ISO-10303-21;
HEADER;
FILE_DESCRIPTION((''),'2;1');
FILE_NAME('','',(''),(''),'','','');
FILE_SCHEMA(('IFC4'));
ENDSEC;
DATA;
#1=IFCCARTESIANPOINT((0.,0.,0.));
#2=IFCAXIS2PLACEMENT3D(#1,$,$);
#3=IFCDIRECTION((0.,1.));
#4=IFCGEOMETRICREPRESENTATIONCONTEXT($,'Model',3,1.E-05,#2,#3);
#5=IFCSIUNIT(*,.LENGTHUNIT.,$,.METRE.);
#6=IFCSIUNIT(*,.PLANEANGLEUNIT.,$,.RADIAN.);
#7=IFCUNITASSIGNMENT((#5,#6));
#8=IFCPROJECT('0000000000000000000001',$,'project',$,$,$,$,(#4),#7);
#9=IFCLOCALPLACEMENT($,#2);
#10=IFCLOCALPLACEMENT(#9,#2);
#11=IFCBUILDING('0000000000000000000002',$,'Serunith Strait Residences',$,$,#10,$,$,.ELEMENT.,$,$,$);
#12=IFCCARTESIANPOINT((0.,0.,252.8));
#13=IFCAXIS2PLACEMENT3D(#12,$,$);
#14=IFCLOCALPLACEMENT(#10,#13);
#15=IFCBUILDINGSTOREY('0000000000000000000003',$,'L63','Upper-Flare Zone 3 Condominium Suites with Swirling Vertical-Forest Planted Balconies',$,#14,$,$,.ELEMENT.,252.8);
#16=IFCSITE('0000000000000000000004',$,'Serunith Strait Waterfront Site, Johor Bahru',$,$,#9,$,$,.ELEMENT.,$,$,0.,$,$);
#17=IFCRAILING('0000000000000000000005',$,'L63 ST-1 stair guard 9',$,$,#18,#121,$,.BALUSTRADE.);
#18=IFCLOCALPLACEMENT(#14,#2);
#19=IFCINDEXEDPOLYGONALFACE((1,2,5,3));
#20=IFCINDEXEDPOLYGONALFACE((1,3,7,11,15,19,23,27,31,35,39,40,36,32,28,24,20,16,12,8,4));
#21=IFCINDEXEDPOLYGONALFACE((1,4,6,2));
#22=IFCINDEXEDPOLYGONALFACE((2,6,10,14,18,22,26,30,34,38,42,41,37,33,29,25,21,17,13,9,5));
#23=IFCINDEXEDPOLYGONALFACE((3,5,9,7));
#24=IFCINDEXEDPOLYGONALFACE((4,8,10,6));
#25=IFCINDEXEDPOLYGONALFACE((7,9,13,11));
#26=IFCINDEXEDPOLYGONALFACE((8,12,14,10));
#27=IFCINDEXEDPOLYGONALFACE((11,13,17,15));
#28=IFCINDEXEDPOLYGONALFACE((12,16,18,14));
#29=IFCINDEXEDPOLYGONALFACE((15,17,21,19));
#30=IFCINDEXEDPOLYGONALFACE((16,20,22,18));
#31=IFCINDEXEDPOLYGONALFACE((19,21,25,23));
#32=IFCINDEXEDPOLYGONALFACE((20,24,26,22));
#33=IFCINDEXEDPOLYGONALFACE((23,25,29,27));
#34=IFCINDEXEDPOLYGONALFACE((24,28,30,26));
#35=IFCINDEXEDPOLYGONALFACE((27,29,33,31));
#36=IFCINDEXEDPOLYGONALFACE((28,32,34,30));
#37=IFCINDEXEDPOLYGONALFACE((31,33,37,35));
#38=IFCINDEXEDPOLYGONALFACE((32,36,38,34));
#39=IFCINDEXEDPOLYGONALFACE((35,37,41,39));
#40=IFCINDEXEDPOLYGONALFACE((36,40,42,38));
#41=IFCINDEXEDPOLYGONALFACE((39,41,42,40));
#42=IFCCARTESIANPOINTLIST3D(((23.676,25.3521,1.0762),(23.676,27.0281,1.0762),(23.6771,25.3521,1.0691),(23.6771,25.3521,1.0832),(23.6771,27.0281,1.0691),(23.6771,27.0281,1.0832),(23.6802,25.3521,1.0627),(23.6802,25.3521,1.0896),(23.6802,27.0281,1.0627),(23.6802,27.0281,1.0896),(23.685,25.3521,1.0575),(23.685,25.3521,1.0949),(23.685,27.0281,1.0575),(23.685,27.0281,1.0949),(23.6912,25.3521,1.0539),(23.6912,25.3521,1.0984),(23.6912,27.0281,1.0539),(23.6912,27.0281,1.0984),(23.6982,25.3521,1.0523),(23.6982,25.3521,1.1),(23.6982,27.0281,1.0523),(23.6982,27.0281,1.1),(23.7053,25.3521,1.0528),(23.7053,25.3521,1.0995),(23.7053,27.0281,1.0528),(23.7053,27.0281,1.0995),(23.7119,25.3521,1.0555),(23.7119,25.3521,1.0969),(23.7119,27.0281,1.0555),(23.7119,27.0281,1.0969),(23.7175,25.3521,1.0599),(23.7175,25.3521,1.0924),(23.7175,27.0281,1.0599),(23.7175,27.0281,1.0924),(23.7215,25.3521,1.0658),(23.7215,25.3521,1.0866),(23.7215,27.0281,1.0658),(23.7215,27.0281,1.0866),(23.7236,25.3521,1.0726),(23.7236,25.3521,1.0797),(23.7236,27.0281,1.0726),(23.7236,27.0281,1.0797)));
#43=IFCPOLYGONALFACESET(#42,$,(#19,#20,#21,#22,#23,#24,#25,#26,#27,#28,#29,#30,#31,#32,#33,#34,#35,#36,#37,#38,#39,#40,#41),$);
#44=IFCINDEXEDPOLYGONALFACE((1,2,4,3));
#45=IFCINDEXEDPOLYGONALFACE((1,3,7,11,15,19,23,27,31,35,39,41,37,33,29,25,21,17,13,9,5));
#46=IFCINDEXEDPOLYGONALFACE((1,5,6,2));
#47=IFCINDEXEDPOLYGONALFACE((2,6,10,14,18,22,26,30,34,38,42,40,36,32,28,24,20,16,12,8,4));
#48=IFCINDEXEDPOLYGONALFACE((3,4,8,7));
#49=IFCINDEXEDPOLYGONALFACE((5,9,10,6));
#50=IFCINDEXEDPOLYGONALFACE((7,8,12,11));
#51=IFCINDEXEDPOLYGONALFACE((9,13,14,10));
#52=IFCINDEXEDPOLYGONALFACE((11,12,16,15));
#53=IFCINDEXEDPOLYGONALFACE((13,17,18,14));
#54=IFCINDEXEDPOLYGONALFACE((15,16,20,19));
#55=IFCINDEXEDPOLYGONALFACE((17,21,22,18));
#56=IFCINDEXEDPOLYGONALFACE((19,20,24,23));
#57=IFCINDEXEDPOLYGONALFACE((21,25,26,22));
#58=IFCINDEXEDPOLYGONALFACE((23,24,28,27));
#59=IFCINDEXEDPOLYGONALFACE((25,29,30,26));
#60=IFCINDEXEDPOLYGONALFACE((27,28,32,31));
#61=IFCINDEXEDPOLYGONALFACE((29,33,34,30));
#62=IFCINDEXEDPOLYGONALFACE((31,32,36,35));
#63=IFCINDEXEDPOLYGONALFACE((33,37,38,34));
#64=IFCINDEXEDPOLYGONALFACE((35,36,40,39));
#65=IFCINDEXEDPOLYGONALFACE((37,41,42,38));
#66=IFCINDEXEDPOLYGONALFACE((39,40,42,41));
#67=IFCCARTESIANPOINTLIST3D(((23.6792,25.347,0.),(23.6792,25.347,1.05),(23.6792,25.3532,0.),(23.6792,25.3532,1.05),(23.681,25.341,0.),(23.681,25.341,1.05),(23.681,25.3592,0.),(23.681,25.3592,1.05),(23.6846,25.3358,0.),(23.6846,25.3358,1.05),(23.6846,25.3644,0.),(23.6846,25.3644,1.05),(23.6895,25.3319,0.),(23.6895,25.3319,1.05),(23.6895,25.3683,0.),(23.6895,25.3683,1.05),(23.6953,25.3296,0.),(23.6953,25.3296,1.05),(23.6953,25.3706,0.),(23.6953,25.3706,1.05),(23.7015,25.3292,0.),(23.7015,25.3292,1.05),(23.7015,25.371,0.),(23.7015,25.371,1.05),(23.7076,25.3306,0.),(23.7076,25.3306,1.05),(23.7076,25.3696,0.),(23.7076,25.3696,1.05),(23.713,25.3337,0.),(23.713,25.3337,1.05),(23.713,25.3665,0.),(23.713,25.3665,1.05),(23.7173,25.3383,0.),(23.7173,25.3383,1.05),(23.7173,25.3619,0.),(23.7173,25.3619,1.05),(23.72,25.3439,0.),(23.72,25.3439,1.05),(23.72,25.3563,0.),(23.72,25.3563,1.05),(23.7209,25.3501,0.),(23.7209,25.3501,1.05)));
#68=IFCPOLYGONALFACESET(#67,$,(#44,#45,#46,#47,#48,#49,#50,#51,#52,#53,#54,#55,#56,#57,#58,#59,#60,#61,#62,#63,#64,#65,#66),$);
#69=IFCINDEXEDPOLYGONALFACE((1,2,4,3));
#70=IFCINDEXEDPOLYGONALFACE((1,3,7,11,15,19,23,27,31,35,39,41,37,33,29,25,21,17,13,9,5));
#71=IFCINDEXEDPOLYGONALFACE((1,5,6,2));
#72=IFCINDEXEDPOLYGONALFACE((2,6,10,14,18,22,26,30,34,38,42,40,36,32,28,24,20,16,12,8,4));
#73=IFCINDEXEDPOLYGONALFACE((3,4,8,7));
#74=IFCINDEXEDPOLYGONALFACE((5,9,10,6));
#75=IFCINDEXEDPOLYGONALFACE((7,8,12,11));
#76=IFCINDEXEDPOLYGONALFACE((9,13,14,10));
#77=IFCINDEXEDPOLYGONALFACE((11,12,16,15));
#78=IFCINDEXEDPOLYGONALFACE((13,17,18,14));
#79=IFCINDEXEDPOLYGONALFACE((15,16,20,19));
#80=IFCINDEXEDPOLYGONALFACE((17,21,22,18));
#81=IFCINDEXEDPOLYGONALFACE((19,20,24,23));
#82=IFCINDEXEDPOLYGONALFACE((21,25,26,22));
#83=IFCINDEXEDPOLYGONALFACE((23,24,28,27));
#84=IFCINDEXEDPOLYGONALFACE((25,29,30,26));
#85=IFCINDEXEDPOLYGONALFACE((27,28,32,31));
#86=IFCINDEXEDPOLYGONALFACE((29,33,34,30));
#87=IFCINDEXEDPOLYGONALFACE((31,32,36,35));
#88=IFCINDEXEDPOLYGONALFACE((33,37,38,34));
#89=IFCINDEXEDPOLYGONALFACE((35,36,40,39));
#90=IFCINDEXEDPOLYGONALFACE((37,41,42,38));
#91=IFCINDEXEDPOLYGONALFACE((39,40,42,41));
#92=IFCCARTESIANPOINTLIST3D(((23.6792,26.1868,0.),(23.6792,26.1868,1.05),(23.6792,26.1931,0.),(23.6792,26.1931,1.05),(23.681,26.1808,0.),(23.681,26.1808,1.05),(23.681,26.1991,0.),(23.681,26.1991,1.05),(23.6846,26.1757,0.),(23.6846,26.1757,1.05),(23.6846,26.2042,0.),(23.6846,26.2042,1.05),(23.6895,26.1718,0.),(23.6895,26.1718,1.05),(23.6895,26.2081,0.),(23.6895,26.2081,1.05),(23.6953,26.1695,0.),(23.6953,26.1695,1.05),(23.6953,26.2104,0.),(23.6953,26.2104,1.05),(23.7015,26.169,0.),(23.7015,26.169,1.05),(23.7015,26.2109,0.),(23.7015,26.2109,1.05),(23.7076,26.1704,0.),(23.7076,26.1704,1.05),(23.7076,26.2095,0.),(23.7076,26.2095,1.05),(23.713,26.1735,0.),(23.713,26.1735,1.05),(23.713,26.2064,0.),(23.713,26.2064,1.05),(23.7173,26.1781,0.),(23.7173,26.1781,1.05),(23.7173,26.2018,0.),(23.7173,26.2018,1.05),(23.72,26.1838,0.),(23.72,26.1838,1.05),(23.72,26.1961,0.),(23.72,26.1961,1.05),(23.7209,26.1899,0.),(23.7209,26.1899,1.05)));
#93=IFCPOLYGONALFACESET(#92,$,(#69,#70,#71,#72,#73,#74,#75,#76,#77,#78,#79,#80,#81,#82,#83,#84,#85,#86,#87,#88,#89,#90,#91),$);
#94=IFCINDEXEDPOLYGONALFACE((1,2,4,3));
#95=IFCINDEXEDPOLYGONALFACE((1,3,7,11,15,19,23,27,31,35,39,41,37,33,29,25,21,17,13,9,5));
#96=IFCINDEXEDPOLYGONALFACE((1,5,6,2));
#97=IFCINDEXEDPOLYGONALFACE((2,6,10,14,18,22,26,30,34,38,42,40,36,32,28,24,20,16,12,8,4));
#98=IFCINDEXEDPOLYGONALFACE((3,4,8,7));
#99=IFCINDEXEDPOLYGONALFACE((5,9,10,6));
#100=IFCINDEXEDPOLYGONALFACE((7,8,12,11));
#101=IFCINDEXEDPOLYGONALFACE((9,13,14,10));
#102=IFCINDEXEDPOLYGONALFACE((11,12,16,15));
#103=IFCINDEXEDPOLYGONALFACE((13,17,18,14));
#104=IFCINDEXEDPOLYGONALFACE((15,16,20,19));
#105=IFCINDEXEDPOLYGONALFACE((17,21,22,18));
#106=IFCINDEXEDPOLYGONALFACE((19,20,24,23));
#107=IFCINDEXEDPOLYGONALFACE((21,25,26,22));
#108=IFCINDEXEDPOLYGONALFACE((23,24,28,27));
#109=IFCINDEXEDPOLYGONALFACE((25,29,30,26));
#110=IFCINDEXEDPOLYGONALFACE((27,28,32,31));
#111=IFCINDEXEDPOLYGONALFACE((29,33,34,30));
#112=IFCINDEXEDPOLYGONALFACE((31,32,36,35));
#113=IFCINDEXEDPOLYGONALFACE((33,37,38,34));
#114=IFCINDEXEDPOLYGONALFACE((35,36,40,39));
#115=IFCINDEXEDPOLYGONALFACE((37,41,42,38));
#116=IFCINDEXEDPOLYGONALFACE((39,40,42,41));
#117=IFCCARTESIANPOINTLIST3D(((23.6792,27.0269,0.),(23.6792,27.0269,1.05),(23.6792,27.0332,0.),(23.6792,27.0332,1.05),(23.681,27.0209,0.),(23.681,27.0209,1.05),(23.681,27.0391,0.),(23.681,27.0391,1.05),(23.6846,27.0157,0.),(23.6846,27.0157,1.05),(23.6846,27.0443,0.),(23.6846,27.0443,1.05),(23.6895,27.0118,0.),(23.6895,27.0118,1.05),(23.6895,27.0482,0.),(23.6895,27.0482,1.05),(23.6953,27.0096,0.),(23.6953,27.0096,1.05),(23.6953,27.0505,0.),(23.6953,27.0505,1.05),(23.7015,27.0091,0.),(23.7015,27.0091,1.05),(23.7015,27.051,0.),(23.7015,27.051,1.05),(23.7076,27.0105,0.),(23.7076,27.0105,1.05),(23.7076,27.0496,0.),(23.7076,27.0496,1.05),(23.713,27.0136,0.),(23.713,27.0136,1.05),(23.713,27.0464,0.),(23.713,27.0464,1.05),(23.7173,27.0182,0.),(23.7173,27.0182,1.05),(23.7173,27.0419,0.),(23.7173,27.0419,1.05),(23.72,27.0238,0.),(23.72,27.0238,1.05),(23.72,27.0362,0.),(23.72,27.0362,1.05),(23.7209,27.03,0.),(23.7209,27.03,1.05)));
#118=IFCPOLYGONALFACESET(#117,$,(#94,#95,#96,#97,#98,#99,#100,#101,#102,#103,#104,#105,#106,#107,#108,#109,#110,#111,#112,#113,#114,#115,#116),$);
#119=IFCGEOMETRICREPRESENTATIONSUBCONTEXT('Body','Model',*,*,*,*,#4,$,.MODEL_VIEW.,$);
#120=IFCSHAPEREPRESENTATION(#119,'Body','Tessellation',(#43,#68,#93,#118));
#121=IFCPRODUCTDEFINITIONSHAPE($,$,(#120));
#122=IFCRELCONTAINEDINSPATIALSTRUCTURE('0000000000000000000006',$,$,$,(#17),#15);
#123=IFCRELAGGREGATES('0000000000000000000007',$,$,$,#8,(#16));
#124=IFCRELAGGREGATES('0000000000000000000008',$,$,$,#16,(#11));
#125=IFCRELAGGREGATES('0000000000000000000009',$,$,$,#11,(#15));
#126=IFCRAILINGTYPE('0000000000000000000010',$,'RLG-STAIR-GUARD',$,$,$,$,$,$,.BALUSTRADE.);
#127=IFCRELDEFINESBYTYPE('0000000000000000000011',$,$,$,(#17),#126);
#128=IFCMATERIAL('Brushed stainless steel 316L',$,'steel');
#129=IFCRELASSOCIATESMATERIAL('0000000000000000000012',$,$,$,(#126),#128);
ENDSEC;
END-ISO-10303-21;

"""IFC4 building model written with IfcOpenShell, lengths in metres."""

from ifc_helpers import new_model, si_unit, direction, frame, origin, origin_2d, place, context, subcontext, project, spatial, circle, extrude, material, type_object, element, save


model = new_model("IFC4")

# Units and contexts
model_context = context("Model", 3, precision=1e-05, world=origin(), true_north=direction((0.0, 1.0)))
body_context = subcontext(model_context, "Body", "Model", "MODEL_VIEW")
ifc_project = project(units=[si_unit("LENGTHUNIT", "METRE"), si_unit("PLANEANGLEUNIT", "RADIAN")], contexts=[model_context])

# Site, building, storey
site_placement = place(None, origin())
site = spatial("IfcSite", under=ifc_project, at=site_placement, Name="Serunith Strait Waterfront Site, Johor Bahru", CompositionType="ELEMENT", RefElevation=0.0)
building_placement = place(site_placement, origin())
building = spatial("IfcBuilding", under=site, at=building_placement, Name="Serunith Strait Residences", CompositionType="ELEMENT")
storey_placement = place(building_placement, frame((0.0, 0.0, 252.8)))
storey = spatial("IfcBuildingStorey", under=building, at=storey_placement, Name="L63", Description="Upper-Flare Zone 3 Condominium Suites with Swirling Vertical-Forest Planted Balconies", CompositionType="ELEMENT", Elevation=252.8)

# Railing
ifc_material_1 = material(Name="Brushed stainless steel 316L", Category="steel")
railing_type_1 = type_object("IfcRailingType", Name="RLG-STAIR-GUARD", PredefinedType="BALUSTRADE", material=ifc_material_1)
for number, where, name in (
    (1, (23.7, 25.3501, 0.0), "L63 ST-1 stair guard 9"),
):
    element("IfcRailing", number, at=place(storey_placement, frame(where)), inside=storey, type_object=railing_type_1, Name=name, PredefinedType="BALUSTRADE", context=body_context, shape_type="SweptSolid", body=[
        extrude(circle(Radius=0.0239, at=origin_2d()), frame((0.0, 0.002, 1.0762), z_axis=(0.0, 1.0, 0.0), x_axis=(-1.0, 0.0, 0.0)), (0.0, 0.0, 1.0), 1.676),
        extrude(circle(Radius=0.021, at=origin_2d()), origin(), (0.0, 0.0, 1.0), 1.05),
        extrude(circle(Radius=0.021, at=origin_2d()), frame((0.0, 0.8398, 0.0)), (0.0, 0.0, 1.0), 1.05),
        extrude(circle(Radius=0.021, at=origin_2d()), frame((0.0, 1.6799, 0.0)), (0.0, 0.0, 1.0), 1.05),
    ])

save(model, "model.ifc")
